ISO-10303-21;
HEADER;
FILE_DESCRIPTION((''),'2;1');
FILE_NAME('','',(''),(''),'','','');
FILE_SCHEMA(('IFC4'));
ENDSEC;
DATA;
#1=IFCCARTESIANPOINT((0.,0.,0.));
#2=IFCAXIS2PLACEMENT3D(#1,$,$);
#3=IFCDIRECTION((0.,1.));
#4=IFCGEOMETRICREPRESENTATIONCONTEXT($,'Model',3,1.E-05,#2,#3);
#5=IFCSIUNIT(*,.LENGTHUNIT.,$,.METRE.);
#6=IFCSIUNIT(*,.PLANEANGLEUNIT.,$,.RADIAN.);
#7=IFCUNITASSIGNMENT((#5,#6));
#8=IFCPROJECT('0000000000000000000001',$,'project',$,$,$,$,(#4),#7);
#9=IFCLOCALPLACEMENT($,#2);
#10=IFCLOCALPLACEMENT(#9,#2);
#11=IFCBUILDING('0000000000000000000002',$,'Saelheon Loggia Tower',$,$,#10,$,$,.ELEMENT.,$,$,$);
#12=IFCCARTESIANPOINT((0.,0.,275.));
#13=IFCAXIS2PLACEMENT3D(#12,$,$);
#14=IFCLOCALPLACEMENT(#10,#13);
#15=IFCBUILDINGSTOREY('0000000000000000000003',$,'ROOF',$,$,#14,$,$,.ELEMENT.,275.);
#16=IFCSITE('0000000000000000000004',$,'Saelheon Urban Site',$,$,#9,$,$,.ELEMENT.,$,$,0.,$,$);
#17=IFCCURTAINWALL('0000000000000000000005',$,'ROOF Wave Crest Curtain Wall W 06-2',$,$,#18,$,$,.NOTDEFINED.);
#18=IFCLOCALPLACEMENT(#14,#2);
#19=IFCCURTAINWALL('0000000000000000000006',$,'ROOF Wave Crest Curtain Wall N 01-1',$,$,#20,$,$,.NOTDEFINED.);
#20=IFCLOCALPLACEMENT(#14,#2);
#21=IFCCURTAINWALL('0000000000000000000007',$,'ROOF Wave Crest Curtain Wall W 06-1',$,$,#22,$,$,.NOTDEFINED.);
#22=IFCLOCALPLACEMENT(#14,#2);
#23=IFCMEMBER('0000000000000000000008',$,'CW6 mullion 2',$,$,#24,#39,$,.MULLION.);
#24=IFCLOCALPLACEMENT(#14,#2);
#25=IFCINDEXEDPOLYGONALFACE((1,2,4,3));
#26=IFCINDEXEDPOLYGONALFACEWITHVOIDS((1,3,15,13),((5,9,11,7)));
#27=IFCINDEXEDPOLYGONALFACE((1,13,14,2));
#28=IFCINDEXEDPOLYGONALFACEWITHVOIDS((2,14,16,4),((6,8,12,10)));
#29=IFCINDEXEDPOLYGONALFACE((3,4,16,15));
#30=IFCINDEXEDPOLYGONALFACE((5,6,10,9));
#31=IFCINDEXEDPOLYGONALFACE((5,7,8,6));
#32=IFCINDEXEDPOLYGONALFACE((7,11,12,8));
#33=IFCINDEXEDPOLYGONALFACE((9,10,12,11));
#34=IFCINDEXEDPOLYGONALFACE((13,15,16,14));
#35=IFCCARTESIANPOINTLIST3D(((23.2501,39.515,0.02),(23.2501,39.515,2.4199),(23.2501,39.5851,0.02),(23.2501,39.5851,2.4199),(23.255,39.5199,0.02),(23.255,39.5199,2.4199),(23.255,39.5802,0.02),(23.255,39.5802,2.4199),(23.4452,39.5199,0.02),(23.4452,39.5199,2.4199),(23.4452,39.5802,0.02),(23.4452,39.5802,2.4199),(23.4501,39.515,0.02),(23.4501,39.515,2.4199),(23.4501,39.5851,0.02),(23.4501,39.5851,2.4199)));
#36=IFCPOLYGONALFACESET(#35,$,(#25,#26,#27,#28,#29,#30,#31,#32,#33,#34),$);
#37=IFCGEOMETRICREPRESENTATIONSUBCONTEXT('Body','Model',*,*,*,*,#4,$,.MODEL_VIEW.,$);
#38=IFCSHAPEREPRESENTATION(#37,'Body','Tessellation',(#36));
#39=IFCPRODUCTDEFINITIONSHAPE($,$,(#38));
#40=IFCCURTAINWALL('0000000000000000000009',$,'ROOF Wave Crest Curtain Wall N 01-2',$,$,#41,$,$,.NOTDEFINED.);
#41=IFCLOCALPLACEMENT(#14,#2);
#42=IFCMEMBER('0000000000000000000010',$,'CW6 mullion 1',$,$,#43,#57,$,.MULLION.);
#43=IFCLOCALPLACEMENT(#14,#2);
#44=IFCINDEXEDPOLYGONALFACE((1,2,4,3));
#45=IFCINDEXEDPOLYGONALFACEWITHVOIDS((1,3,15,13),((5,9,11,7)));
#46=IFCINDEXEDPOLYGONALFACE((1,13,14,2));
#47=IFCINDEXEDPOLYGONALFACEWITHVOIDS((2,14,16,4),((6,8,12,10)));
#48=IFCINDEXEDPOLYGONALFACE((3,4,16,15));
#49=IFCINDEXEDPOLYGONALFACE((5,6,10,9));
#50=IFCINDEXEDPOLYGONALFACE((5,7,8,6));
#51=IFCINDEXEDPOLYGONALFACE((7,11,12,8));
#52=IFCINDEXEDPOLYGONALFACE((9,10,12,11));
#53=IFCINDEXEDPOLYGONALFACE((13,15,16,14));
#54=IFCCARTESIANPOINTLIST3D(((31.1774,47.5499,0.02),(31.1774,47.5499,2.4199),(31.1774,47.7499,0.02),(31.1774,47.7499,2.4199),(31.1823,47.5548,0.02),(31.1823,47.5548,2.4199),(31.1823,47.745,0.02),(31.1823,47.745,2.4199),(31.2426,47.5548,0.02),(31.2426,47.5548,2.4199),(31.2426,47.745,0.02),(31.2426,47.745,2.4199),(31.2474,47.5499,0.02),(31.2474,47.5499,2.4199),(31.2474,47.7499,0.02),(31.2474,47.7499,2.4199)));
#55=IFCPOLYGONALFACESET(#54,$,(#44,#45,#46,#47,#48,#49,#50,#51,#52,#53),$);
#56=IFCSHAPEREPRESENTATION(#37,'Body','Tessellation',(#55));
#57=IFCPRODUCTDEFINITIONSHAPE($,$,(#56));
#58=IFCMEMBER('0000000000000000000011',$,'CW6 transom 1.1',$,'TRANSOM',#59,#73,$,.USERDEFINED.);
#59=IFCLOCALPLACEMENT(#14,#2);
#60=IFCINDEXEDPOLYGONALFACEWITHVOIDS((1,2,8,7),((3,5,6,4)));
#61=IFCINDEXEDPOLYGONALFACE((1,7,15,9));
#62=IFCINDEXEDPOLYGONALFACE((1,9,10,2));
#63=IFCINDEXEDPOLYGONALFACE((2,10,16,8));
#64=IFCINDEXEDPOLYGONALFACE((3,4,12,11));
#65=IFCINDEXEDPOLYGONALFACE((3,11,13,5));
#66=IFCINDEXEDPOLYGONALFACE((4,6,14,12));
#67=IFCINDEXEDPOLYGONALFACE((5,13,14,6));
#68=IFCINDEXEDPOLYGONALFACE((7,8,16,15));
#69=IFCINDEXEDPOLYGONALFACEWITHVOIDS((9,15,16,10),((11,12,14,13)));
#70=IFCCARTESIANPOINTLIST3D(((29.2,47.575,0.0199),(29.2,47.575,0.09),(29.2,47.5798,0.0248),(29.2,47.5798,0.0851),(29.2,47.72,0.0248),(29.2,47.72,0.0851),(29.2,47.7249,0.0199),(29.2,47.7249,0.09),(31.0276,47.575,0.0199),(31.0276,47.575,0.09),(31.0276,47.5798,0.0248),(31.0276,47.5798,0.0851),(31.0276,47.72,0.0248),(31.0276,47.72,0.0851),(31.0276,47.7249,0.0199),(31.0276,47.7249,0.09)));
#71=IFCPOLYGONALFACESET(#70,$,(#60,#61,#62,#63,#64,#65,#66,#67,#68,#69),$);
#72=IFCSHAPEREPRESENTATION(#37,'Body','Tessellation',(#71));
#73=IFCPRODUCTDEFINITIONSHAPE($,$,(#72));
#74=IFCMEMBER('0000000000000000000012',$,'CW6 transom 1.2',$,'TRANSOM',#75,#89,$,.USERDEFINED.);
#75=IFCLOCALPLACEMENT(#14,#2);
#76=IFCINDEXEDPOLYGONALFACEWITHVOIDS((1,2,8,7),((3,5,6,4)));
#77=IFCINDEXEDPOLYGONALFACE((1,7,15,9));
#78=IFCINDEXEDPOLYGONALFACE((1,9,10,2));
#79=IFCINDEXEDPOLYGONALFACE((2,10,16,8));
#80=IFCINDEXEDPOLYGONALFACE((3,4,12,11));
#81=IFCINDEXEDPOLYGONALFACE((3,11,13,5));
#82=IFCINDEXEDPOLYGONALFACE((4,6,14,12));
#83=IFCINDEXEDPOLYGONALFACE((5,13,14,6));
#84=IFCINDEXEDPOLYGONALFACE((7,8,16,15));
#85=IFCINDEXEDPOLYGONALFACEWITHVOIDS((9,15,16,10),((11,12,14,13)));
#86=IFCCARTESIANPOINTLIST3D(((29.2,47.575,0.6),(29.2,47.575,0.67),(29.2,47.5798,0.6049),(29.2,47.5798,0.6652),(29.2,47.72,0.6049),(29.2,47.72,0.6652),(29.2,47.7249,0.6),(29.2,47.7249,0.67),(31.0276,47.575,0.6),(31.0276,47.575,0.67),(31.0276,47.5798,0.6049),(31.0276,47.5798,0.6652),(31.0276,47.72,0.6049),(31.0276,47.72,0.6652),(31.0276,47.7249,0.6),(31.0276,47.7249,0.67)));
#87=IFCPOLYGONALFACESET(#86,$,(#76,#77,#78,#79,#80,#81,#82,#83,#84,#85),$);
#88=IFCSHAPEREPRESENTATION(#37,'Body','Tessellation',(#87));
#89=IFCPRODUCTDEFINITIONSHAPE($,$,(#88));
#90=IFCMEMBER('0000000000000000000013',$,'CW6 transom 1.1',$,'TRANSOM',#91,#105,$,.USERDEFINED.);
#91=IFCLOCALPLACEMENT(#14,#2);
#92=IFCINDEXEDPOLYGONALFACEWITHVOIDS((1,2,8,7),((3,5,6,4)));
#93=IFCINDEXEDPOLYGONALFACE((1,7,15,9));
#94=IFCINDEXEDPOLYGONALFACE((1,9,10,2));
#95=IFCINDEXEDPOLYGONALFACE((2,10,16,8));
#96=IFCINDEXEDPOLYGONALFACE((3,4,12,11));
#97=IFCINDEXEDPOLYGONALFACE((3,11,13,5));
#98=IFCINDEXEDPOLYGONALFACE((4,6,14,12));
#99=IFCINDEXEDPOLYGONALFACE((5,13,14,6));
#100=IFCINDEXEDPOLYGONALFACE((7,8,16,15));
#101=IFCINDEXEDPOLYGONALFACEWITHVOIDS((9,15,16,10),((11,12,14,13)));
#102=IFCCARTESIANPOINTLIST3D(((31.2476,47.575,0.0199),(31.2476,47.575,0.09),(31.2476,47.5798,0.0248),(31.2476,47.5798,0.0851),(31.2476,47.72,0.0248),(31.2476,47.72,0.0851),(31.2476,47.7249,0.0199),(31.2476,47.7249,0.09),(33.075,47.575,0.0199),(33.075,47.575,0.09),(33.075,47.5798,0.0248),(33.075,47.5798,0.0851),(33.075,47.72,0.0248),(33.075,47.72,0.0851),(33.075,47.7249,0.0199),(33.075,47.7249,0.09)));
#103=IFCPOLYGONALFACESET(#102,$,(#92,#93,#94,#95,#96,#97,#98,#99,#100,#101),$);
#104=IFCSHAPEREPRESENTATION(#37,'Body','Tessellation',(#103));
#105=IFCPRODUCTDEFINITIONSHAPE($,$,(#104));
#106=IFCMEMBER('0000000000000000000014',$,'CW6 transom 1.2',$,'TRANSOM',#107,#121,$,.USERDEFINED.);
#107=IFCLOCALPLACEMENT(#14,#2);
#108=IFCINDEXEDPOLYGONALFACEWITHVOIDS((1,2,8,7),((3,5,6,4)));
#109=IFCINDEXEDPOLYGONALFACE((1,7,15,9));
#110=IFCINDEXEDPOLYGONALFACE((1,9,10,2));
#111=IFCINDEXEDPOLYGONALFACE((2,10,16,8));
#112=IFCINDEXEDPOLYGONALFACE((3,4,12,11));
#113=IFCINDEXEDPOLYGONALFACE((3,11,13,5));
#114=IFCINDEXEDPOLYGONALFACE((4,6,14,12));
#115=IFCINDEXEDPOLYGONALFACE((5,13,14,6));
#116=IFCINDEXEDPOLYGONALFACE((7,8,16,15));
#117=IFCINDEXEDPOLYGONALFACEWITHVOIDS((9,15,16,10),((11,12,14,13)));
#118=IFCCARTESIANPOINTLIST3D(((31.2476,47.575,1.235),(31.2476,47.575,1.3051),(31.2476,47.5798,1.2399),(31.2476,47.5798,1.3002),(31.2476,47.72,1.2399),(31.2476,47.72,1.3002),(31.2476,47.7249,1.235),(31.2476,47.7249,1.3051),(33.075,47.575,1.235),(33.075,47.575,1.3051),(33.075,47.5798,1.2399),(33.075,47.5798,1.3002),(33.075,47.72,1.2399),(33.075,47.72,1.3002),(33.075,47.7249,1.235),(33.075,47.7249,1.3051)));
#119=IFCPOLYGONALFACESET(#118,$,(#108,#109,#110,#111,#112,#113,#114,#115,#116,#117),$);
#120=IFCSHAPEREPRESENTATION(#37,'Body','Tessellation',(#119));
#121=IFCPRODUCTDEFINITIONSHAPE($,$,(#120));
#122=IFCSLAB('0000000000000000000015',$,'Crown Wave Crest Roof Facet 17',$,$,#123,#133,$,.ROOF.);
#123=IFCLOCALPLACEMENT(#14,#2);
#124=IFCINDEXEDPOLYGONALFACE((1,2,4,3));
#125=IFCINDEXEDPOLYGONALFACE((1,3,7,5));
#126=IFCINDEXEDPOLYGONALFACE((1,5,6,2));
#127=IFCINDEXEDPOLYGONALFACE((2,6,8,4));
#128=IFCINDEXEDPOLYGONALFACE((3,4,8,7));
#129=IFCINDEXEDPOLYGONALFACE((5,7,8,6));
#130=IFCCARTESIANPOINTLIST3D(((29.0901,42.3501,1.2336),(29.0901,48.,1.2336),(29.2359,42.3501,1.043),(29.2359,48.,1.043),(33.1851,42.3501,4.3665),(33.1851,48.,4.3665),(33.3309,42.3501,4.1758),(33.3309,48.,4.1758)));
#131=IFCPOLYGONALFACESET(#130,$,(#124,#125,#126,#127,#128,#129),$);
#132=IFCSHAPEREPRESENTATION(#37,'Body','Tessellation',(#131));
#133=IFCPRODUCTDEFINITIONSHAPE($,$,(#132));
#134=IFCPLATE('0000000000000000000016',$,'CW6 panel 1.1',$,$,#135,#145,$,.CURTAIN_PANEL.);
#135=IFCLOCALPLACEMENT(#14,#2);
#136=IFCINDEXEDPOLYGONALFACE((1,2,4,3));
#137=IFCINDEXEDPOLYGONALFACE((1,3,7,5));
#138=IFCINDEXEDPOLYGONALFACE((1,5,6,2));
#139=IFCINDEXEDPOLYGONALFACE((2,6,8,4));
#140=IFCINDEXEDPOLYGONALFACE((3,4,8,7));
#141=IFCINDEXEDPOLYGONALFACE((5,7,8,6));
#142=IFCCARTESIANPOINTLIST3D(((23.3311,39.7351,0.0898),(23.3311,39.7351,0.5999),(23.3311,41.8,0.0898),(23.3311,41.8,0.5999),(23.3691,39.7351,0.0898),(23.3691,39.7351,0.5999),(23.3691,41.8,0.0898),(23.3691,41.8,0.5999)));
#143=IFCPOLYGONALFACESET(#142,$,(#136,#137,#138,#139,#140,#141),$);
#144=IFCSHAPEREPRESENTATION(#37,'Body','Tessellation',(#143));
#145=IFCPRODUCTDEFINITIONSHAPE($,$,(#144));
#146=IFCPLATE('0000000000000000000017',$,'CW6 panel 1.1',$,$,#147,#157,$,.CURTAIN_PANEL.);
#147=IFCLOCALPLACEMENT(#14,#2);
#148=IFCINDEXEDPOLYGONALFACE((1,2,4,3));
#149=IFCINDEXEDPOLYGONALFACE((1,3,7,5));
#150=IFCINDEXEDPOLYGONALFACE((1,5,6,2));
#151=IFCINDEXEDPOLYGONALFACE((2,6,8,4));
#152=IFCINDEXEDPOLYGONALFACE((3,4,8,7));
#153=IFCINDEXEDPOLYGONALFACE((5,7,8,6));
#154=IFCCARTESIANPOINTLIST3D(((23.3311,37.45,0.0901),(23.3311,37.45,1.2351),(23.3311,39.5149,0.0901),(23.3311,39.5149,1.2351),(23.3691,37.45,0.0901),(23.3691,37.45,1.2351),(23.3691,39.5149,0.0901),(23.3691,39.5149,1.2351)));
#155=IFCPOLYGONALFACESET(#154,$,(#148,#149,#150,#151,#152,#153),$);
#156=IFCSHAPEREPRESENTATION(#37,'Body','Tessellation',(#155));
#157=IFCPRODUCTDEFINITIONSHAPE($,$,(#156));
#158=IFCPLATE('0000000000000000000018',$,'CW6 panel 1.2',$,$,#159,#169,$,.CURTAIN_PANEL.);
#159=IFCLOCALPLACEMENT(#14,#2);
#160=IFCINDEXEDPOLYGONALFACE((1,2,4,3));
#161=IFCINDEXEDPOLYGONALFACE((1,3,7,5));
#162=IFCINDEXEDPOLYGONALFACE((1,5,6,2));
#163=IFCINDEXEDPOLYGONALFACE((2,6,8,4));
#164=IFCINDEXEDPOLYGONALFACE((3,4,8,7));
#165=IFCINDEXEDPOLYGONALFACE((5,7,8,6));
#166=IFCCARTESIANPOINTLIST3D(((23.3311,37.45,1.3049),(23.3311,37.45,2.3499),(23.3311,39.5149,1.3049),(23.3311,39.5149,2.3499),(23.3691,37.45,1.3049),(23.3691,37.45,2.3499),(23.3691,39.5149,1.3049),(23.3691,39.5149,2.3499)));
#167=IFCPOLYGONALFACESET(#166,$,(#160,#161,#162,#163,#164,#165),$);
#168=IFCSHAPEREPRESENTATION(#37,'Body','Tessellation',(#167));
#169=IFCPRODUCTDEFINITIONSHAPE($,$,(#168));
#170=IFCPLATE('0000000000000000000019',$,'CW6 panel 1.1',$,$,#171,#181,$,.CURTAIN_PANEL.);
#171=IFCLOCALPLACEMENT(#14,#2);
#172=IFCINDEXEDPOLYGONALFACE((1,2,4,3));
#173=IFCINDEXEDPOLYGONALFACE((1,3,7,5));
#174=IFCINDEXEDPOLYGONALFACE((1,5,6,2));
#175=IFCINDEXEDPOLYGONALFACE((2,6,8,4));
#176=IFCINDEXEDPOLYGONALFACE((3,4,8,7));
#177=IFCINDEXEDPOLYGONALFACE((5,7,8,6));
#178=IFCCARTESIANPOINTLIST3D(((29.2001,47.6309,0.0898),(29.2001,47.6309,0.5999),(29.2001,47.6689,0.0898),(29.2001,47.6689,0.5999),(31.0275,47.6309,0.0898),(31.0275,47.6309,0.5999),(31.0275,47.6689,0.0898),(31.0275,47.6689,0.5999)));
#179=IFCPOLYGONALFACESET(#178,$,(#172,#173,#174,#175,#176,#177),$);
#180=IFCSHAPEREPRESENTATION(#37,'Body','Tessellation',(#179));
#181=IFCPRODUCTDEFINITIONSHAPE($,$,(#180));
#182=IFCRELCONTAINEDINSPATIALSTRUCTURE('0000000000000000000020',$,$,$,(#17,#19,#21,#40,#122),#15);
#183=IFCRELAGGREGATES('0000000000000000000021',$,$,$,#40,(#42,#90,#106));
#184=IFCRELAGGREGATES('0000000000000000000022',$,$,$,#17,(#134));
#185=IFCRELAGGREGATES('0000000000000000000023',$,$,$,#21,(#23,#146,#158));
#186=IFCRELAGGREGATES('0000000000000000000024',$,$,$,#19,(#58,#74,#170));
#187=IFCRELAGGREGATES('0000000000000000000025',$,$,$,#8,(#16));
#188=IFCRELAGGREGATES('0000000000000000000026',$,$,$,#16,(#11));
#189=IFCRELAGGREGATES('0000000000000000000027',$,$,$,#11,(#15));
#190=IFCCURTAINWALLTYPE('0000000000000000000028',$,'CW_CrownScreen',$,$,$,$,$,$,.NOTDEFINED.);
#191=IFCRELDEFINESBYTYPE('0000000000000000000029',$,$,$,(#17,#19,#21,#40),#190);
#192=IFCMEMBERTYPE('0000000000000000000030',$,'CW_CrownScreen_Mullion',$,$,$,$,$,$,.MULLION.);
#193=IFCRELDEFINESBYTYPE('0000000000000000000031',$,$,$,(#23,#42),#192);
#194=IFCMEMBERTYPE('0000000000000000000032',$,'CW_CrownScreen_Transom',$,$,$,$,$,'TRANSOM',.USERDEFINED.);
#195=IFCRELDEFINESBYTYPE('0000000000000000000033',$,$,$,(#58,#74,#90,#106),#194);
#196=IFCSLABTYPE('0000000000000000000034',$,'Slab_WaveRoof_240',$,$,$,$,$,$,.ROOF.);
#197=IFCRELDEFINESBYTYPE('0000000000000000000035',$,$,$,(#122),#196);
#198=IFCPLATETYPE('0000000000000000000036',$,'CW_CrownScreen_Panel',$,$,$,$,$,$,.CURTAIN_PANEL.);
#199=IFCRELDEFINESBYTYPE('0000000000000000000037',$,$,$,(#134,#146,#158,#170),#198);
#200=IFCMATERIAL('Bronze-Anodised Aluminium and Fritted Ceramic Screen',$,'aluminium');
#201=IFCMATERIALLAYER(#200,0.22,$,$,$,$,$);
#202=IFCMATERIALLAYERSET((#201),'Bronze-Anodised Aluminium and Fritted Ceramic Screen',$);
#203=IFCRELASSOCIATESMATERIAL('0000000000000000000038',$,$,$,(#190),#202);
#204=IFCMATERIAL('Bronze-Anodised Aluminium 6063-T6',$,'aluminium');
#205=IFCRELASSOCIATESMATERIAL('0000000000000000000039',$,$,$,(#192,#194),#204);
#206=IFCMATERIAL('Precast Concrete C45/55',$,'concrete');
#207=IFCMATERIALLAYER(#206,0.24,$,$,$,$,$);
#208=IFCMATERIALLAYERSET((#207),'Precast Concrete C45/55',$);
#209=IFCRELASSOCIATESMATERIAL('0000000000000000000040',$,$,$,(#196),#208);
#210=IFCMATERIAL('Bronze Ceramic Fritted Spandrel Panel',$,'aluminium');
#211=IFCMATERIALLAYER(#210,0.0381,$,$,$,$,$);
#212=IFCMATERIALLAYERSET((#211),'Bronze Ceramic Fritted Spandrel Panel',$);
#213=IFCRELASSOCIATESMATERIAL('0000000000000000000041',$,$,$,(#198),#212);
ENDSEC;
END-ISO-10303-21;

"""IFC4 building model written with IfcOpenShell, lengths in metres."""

from ifc_helpers import new_model, si_unit, direction, frame, origin, origin_2d, place, context, subcontext, project, spatial, polyline, rectangle, hollow_rectangle, outline, extrude, source, transform, mapped, material, layer, layer_set, material_profile, profile_set, type_object, element, aggregate, save


model = new_model("IFC4")

# Units and contexts
model_context = context("Model", 3, precision=1e-05, world=origin(), true_north=direction((0.0, 1.0)))
body_context = subcontext(model_context, "Body", "Model", "MODEL_VIEW")
ifc_project = project(units=[si_unit("LENGTHUNIT", "METRE"), si_unit("PLANEANGLEUNIT", "RADIAN")], contexts=[model_context])

# Site, building, storey
site_placement = place(None, origin())
site = spatial("IfcSite", under=ifc_project, at=site_placement, Name="Saelheon Urban Site", CompositionType="ELEMENT", RefElevation=0.0)
building_placement = place(site_placement, origin())
building = spatial("IfcBuilding", under=site, at=building_placement, Name="Saelheon Loggia Tower", CompositionType="ELEMENT")
storey_placement = place(building_placement, frame((0.0, 0.0, 275.0)))
storey = spatial("IfcBuildingStorey", under=building, at=storey_placement, Name="ROOF", CompositionType="ELEMENT", Elevation=275.0)

# Curtain walls
ifc_material_1 = material(Name="Bronze-Anodised Aluminium and Fritted Ceramic Screen", Category="aluminium")
ifc_layer_1 = layer(ifc_material_1, 0.22)
ifc_layer_set_1 = layer_set([ifc_layer_1], Name="Bronze-Anodised Aluminium and Fritted Ceramic Screen")
curtain_wall_type = type_object("IfcCurtainWallType", Name="CW_CrownScreen", PredefinedType="NOTDEFINED", material=ifc_layer_set_1)
curtain_wall_1_placement = place(storey_placement, origin())
curtain_wall_1 = element("IfcCurtainWall", 1, at=curtain_wall_1_placement, inside=storey, type_object=curtain_wall_type, Name="ROOF Wave Crest Curtain Wall W 06-2", PredefinedType="NOTDEFINED")
ifc_material_2 = material(Name="Bronze-Anodised Aluminium 6063-T6", Category="aluminium")
ifc_material_profile_1 = material_profile(ifc_material_2, hollow_rectangle(XDim=0.0701, YDim=0.2, WallThickness=0.0049, at=origin_2d()), Name="RHS-200x70x5")
ifc_profile_set_1 = profile_set([ifc_material_profile_1], Name="Bronze-Anodised Aluminium 6063-T6")
member_type_1 = type_object("IfcMemberType", Name="CW_CrownScreen_Mullion", PredefinedType="MULLION", material=ifc_profile_set_1)
curtain_wall_2_placement = place(storey_placement, origin())
curtain_wall_2 = element("IfcCurtainWall", 2, at=curtain_wall_2_placement, inside=storey, type_object=curtain_wall_type, Name="ROOF Wave Crest Curtain Wall N 01-1", PredefinedType="NOTDEFINED")

# Shared definitions
ifc_material_profile_2 = material_profile(ifc_material_2, hollow_rectangle(XDim=0.0701, YDim=0.1499, WallThickness=0.0049, at=origin_2d()), Name="RHS-150x70x5")
ifc_profile_set_2 = profile_set([ifc_material_profile_2], Name="Bronze-Anodised Aluminium 6063-T6")
member_type_2 = type_object("IfcMemberType", Name="CW_CrownScreen_Transom", ElementType="TRANSOM", PredefinedType="USERDEFINED", material=ifc_profile_set_2)

# Curtain walls, members
curtain_wall_3_placement = place(storey_placement, origin())
curtain_wall_3 = element("IfcCurtainWall", 3, at=curtain_wall_3_placement, inside=storey, type_object=curtain_wall_type, Name="ROOF Wave Crest Curtain Wall W 06-1", PredefinedType="NOTDEFINED")
shared_shape_1 = source(origin(), body_context, "Body", "SweptSolid", [
    extrude(hollow_rectangle(XDim=0.0701, YDim=0.2, WallThickness=0.0049, at=origin_2d()), origin(), (0.0, 0.0, 1.0), 2.3999),
])
member_1_placement = place(storey_placement, frame((23.3501, 39.55, 0.02), z_axis=(0.0, 0.0, 1.0), x_axis=(0.0, 1.0, 0.0)))
member_1 = element("IfcMember", 4, at=member_1_placement, type_object=member_type_1, Name="CW6 mullion 2", PredefinedType="MULLION", context=body_context, shape_type="MappedRepresentation", body=[
    mapped(shared_shape_1, transform((0.0, 0.0, 0.0), scale=1.0)),
])
curtain_wall_4_placement = place(storey_placement, origin())
curtain_wall_4 = element("IfcCurtainWall", 5, at=curtain_wall_4_placement, inside=storey, type_object=curtain_wall_type, Name="ROOF Wave Crest Curtain Wall N 01-2", PredefinedType="NOTDEFINED")
member_2_placement = place(storey_placement, frame((31.2124, 47.6499, 0.02), z_axis=(0.0, 0.0, 1.0), x_axis=(1.0, 0.0, 0.0)))
member_2 = element("IfcMember", 6, at=member_2_placement, type_object=member_type_1, Name="CW6 mullion 1", PredefinedType="MULLION", context=body_context, shape_type="MappedRepresentation", body=[
    mapped(shared_shape_1, transform((0.0, 0.0, 0.0), scale=1.0)),
])

# Members
shared_shape_2 = source(origin(), body_context, "Body", "SweptSolid", [
    extrude(hollow_rectangle(XDim=0.0701, YDim=0.1499, WallThickness=0.0049, at=origin_2d()), origin(), (0.0, 0.0, 1.0), 1.8276),
])
member_3_placement = place(storey_placement, frame((29.2, 47.6499, 0.0549), z_axis=(1.0, 0.0, 0.0), x_axis=(0.0, 0.0, 1.0)))
member_3 = element("IfcMember", 7, at=member_3_placement, type_object=member_type_2, Name="CW6 transom 1.1", ObjectType="TRANSOM", PredefinedType="USERDEFINED", context=body_context, shape_type="MappedRepresentation", body=[
    mapped(shared_shape_2, transform((0.0, 0.0, 0.0), scale=1.0)),
])
member_4_placement = place(storey_placement, frame((29.2, 47.6499, 0.635), z_axis=(1.0, 0.0, 0.0), x_axis=(0.0, 0.0, 1.0)))
member_4 = element("IfcMember", 8, at=member_4_placement, type_object=member_type_2, Name="CW6 transom 1.2", ObjectType="TRANSOM", PredefinedType="USERDEFINED", context=body_context, shape_type="MappedRepresentation", body=[
    mapped(shared_shape_2, transform((0.0, 0.0, 0.0), scale=1.0)),
])
shared_shape_3 = source(origin(), body_context, "Body", "SweptSolid", [
    extrude(hollow_rectangle(XDim=0.0701, YDim=0.1499, WallThickness=0.0049, at=origin_2d()), origin(), (0.0, 0.0, 1.0), 1.8274),
])
member_5_placement = place(storey_placement, frame((31.2476, 47.6499, 0.0549), z_axis=(1.0, 0.0, 0.0), x_axis=(0.0, 0.0, 1.0)))
member_5 = element("IfcMember", 9, at=member_5_placement, type_object=member_type_2, Name="CW6 transom 1.1", ObjectType="TRANSOM", PredefinedType="USERDEFINED", context=body_context, shape_type="MappedRepresentation", body=[
    mapped(shared_shape_3, transform((0.0, 0.0, 0.0), scale=1.0)),
])
member_6_placement = place(storey_placement, frame((31.2476, 47.6499, 1.27), z_axis=(1.0, 0.0, 0.0), x_axis=(0.0, 0.0, 1.0)))
member_6 = element("IfcMember", 10, at=member_6_placement, type_object=member_type_2, Name="CW6 transom 1.2", ObjectType="TRANSOM", PredefinedType="USERDEFINED", context=body_context, shape_type="MappedRepresentation", body=[
    mapped(shared_shape_3, transform((0.0, 0.0, 0.0), scale=1.0)),
])
aggregate(curtain_wall_4, [member_2, member_5, member_6])

# Slab
ifc_material_3 = material(Name="Precast Concrete C45/55", Category="concrete")
ifc_layer_2 = layer(ifc_material_3, 0.24)
ifc_layer_set_2 = layer_set([ifc_layer_2], Name="Precast Concrete C45/55")
slab_type = type_object("IfcSlabType", Name="Slab_WaveRoof_240", PredefinedType="ROOF", material=ifc_layer_set_2)
slab_placement = place(storey_placement, frame((29.0901, 42.3501, 1.2336), z_axis=(-0.607617, 0.0, 0.79423), x_axis=(0.0, 1.0, 0.0)))
element("IfcSlab", 11, at=slab_placement, inside=storey, type_object=slab_type, Name="Crown Wave Crest Roof Facet 17", PredefinedType="ROOF", context=body_context, shape_type="SweptSolid", body=[
    extrude(outline(polyline([(0.0, 0.0), (5.6499, 0.0), (5.6499, -5.1559), (0.0, -5.1559), (0.0, 0.0)])), origin(), (0.0, 0.0, -1.0), 0.24),
])

# Plates
ifc_material_4 = material(Name="Bronze Ceramic Fritted Spandrel Panel", Category="aluminium")
ifc_layer_3 = layer(ifc_material_4, 0.0381)
ifc_layer_set_3 = layer_set([ifc_layer_3], Name="Bronze Ceramic Fritted Spandrel Panel")
plate_type = type_object("IfcPlateType", Name="CW_CrownScreen_Panel", PredefinedType="CURTAIN_PANEL", material=ifc_layer_set_3)
shared_shape_4 = source(origin(), body_context, "Body", "SweptSolid", [
    extrude(rectangle(XDim=2.0649, YDim=0.0381, at=origin_2d()), origin(), (0.0, 0.0, 1.0), 0.51),
])
plate_1_placement = place(storey_placement, frame((23.3501, 40.7676, 0.0898), z_axis=(0.0, 0.0, 1.0), x_axis=(0.0, 1.0, 0.0)))
plate_1 = element("IfcPlate", 12, at=plate_1_placement, type_object=plate_type, Name="CW6 panel 1.1", PredefinedType="CURTAIN_PANEL", context=body_context, shape_type="MappedRepresentation", body=[
    mapped(shared_shape_4, transform((0.0, 0.0, 0.0), scale=1.0)),
])
aggregate(curtain_wall_1, [plate_1])
shared_shape_5 = source(origin(), body_context, "Body", "SweptSolid", [
    extrude(rectangle(XDim=2.0649, YDim=0.0381, at=origin_2d()), origin(), (0.0, 0.0, 1.0), 1.145),
])
plate_2_placement = place(storey_placement, frame((23.3501, 38.4824, 0.0901), z_axis=(0.0, 0.0, 1.0), x_axis=(0.0, 1.0, 0.0)))
plate_2 = element("IfcPlate", 13, at=plate_2_placement, type_object=plate_type, Name="CW6 panel 1.1", PredefinedType="CURTAIN_PANEL", context=body_context, shape_type="MappedRepresentation", body=[
    mapped(shared_shape_5, transform((0.0, 0.0, 0.0), scale=1.0)),
])
shared_shape_6 = source(origin(), body_context, "Body", "SweptSolid", [
    extrude(rectangle(XDim=2.0649, YDim=0.0381, at=origin_2d()), origin(), (0.0, 0.0, 1.0), 1.0449),
])
plate_3_placement = place(storey_placement, frame((23.3501, 38.4824, 1.3049), z_axis=(0.0, 0.0, 1.0), x_axis=(0.0, 1.0, 0.0)))
plate_3 = element("IfcPlate", 14, at=plate_3_placement, type_object=plate_type, Name="CW6 panel 1.2", PredefinedType="CURTAIN_PANEL", context=body_context, shape_type="MappedRepresentation", body=[
    mapped(shared_shape_6, transform((0.0, 0.0, 0.0), scale=1.0)),
])
aggregate(curtain_wall_3, [member_1, plate_2, plate_3])
shared_shape_7 = source(origin(), body_context, "Body", "SweptSolid", [
    extrude(rectangle(XDim=1.8274, YDim=0.0381, at=origin_2d()), origin(), (0.0, 0.0, 1.0), 0.51),
])
plate_4_placement = place(storey_placement, frame((30.1138, 47.6499, 0.0898), z_axis=(0.0, 0.0, 1.0), x_axis=(1.0, 0.0, 0.0)))
plate_4 = element("IfcPlate", 15, at=plate_4_placement, type_object=plate_type, Name="CW6 panel 1.1", PredefinedType="CURTAIN_PANEL", context=body_context, shape_type="MappedRepresentation", body=[
    mapped(shared_shape_7, transform((0.0, 0.0, 0.0), scale=1.0)),
])
aggregate(curtain_wall_2, [member_3, member_4, plate_4])

save(model, "model.ifc")
